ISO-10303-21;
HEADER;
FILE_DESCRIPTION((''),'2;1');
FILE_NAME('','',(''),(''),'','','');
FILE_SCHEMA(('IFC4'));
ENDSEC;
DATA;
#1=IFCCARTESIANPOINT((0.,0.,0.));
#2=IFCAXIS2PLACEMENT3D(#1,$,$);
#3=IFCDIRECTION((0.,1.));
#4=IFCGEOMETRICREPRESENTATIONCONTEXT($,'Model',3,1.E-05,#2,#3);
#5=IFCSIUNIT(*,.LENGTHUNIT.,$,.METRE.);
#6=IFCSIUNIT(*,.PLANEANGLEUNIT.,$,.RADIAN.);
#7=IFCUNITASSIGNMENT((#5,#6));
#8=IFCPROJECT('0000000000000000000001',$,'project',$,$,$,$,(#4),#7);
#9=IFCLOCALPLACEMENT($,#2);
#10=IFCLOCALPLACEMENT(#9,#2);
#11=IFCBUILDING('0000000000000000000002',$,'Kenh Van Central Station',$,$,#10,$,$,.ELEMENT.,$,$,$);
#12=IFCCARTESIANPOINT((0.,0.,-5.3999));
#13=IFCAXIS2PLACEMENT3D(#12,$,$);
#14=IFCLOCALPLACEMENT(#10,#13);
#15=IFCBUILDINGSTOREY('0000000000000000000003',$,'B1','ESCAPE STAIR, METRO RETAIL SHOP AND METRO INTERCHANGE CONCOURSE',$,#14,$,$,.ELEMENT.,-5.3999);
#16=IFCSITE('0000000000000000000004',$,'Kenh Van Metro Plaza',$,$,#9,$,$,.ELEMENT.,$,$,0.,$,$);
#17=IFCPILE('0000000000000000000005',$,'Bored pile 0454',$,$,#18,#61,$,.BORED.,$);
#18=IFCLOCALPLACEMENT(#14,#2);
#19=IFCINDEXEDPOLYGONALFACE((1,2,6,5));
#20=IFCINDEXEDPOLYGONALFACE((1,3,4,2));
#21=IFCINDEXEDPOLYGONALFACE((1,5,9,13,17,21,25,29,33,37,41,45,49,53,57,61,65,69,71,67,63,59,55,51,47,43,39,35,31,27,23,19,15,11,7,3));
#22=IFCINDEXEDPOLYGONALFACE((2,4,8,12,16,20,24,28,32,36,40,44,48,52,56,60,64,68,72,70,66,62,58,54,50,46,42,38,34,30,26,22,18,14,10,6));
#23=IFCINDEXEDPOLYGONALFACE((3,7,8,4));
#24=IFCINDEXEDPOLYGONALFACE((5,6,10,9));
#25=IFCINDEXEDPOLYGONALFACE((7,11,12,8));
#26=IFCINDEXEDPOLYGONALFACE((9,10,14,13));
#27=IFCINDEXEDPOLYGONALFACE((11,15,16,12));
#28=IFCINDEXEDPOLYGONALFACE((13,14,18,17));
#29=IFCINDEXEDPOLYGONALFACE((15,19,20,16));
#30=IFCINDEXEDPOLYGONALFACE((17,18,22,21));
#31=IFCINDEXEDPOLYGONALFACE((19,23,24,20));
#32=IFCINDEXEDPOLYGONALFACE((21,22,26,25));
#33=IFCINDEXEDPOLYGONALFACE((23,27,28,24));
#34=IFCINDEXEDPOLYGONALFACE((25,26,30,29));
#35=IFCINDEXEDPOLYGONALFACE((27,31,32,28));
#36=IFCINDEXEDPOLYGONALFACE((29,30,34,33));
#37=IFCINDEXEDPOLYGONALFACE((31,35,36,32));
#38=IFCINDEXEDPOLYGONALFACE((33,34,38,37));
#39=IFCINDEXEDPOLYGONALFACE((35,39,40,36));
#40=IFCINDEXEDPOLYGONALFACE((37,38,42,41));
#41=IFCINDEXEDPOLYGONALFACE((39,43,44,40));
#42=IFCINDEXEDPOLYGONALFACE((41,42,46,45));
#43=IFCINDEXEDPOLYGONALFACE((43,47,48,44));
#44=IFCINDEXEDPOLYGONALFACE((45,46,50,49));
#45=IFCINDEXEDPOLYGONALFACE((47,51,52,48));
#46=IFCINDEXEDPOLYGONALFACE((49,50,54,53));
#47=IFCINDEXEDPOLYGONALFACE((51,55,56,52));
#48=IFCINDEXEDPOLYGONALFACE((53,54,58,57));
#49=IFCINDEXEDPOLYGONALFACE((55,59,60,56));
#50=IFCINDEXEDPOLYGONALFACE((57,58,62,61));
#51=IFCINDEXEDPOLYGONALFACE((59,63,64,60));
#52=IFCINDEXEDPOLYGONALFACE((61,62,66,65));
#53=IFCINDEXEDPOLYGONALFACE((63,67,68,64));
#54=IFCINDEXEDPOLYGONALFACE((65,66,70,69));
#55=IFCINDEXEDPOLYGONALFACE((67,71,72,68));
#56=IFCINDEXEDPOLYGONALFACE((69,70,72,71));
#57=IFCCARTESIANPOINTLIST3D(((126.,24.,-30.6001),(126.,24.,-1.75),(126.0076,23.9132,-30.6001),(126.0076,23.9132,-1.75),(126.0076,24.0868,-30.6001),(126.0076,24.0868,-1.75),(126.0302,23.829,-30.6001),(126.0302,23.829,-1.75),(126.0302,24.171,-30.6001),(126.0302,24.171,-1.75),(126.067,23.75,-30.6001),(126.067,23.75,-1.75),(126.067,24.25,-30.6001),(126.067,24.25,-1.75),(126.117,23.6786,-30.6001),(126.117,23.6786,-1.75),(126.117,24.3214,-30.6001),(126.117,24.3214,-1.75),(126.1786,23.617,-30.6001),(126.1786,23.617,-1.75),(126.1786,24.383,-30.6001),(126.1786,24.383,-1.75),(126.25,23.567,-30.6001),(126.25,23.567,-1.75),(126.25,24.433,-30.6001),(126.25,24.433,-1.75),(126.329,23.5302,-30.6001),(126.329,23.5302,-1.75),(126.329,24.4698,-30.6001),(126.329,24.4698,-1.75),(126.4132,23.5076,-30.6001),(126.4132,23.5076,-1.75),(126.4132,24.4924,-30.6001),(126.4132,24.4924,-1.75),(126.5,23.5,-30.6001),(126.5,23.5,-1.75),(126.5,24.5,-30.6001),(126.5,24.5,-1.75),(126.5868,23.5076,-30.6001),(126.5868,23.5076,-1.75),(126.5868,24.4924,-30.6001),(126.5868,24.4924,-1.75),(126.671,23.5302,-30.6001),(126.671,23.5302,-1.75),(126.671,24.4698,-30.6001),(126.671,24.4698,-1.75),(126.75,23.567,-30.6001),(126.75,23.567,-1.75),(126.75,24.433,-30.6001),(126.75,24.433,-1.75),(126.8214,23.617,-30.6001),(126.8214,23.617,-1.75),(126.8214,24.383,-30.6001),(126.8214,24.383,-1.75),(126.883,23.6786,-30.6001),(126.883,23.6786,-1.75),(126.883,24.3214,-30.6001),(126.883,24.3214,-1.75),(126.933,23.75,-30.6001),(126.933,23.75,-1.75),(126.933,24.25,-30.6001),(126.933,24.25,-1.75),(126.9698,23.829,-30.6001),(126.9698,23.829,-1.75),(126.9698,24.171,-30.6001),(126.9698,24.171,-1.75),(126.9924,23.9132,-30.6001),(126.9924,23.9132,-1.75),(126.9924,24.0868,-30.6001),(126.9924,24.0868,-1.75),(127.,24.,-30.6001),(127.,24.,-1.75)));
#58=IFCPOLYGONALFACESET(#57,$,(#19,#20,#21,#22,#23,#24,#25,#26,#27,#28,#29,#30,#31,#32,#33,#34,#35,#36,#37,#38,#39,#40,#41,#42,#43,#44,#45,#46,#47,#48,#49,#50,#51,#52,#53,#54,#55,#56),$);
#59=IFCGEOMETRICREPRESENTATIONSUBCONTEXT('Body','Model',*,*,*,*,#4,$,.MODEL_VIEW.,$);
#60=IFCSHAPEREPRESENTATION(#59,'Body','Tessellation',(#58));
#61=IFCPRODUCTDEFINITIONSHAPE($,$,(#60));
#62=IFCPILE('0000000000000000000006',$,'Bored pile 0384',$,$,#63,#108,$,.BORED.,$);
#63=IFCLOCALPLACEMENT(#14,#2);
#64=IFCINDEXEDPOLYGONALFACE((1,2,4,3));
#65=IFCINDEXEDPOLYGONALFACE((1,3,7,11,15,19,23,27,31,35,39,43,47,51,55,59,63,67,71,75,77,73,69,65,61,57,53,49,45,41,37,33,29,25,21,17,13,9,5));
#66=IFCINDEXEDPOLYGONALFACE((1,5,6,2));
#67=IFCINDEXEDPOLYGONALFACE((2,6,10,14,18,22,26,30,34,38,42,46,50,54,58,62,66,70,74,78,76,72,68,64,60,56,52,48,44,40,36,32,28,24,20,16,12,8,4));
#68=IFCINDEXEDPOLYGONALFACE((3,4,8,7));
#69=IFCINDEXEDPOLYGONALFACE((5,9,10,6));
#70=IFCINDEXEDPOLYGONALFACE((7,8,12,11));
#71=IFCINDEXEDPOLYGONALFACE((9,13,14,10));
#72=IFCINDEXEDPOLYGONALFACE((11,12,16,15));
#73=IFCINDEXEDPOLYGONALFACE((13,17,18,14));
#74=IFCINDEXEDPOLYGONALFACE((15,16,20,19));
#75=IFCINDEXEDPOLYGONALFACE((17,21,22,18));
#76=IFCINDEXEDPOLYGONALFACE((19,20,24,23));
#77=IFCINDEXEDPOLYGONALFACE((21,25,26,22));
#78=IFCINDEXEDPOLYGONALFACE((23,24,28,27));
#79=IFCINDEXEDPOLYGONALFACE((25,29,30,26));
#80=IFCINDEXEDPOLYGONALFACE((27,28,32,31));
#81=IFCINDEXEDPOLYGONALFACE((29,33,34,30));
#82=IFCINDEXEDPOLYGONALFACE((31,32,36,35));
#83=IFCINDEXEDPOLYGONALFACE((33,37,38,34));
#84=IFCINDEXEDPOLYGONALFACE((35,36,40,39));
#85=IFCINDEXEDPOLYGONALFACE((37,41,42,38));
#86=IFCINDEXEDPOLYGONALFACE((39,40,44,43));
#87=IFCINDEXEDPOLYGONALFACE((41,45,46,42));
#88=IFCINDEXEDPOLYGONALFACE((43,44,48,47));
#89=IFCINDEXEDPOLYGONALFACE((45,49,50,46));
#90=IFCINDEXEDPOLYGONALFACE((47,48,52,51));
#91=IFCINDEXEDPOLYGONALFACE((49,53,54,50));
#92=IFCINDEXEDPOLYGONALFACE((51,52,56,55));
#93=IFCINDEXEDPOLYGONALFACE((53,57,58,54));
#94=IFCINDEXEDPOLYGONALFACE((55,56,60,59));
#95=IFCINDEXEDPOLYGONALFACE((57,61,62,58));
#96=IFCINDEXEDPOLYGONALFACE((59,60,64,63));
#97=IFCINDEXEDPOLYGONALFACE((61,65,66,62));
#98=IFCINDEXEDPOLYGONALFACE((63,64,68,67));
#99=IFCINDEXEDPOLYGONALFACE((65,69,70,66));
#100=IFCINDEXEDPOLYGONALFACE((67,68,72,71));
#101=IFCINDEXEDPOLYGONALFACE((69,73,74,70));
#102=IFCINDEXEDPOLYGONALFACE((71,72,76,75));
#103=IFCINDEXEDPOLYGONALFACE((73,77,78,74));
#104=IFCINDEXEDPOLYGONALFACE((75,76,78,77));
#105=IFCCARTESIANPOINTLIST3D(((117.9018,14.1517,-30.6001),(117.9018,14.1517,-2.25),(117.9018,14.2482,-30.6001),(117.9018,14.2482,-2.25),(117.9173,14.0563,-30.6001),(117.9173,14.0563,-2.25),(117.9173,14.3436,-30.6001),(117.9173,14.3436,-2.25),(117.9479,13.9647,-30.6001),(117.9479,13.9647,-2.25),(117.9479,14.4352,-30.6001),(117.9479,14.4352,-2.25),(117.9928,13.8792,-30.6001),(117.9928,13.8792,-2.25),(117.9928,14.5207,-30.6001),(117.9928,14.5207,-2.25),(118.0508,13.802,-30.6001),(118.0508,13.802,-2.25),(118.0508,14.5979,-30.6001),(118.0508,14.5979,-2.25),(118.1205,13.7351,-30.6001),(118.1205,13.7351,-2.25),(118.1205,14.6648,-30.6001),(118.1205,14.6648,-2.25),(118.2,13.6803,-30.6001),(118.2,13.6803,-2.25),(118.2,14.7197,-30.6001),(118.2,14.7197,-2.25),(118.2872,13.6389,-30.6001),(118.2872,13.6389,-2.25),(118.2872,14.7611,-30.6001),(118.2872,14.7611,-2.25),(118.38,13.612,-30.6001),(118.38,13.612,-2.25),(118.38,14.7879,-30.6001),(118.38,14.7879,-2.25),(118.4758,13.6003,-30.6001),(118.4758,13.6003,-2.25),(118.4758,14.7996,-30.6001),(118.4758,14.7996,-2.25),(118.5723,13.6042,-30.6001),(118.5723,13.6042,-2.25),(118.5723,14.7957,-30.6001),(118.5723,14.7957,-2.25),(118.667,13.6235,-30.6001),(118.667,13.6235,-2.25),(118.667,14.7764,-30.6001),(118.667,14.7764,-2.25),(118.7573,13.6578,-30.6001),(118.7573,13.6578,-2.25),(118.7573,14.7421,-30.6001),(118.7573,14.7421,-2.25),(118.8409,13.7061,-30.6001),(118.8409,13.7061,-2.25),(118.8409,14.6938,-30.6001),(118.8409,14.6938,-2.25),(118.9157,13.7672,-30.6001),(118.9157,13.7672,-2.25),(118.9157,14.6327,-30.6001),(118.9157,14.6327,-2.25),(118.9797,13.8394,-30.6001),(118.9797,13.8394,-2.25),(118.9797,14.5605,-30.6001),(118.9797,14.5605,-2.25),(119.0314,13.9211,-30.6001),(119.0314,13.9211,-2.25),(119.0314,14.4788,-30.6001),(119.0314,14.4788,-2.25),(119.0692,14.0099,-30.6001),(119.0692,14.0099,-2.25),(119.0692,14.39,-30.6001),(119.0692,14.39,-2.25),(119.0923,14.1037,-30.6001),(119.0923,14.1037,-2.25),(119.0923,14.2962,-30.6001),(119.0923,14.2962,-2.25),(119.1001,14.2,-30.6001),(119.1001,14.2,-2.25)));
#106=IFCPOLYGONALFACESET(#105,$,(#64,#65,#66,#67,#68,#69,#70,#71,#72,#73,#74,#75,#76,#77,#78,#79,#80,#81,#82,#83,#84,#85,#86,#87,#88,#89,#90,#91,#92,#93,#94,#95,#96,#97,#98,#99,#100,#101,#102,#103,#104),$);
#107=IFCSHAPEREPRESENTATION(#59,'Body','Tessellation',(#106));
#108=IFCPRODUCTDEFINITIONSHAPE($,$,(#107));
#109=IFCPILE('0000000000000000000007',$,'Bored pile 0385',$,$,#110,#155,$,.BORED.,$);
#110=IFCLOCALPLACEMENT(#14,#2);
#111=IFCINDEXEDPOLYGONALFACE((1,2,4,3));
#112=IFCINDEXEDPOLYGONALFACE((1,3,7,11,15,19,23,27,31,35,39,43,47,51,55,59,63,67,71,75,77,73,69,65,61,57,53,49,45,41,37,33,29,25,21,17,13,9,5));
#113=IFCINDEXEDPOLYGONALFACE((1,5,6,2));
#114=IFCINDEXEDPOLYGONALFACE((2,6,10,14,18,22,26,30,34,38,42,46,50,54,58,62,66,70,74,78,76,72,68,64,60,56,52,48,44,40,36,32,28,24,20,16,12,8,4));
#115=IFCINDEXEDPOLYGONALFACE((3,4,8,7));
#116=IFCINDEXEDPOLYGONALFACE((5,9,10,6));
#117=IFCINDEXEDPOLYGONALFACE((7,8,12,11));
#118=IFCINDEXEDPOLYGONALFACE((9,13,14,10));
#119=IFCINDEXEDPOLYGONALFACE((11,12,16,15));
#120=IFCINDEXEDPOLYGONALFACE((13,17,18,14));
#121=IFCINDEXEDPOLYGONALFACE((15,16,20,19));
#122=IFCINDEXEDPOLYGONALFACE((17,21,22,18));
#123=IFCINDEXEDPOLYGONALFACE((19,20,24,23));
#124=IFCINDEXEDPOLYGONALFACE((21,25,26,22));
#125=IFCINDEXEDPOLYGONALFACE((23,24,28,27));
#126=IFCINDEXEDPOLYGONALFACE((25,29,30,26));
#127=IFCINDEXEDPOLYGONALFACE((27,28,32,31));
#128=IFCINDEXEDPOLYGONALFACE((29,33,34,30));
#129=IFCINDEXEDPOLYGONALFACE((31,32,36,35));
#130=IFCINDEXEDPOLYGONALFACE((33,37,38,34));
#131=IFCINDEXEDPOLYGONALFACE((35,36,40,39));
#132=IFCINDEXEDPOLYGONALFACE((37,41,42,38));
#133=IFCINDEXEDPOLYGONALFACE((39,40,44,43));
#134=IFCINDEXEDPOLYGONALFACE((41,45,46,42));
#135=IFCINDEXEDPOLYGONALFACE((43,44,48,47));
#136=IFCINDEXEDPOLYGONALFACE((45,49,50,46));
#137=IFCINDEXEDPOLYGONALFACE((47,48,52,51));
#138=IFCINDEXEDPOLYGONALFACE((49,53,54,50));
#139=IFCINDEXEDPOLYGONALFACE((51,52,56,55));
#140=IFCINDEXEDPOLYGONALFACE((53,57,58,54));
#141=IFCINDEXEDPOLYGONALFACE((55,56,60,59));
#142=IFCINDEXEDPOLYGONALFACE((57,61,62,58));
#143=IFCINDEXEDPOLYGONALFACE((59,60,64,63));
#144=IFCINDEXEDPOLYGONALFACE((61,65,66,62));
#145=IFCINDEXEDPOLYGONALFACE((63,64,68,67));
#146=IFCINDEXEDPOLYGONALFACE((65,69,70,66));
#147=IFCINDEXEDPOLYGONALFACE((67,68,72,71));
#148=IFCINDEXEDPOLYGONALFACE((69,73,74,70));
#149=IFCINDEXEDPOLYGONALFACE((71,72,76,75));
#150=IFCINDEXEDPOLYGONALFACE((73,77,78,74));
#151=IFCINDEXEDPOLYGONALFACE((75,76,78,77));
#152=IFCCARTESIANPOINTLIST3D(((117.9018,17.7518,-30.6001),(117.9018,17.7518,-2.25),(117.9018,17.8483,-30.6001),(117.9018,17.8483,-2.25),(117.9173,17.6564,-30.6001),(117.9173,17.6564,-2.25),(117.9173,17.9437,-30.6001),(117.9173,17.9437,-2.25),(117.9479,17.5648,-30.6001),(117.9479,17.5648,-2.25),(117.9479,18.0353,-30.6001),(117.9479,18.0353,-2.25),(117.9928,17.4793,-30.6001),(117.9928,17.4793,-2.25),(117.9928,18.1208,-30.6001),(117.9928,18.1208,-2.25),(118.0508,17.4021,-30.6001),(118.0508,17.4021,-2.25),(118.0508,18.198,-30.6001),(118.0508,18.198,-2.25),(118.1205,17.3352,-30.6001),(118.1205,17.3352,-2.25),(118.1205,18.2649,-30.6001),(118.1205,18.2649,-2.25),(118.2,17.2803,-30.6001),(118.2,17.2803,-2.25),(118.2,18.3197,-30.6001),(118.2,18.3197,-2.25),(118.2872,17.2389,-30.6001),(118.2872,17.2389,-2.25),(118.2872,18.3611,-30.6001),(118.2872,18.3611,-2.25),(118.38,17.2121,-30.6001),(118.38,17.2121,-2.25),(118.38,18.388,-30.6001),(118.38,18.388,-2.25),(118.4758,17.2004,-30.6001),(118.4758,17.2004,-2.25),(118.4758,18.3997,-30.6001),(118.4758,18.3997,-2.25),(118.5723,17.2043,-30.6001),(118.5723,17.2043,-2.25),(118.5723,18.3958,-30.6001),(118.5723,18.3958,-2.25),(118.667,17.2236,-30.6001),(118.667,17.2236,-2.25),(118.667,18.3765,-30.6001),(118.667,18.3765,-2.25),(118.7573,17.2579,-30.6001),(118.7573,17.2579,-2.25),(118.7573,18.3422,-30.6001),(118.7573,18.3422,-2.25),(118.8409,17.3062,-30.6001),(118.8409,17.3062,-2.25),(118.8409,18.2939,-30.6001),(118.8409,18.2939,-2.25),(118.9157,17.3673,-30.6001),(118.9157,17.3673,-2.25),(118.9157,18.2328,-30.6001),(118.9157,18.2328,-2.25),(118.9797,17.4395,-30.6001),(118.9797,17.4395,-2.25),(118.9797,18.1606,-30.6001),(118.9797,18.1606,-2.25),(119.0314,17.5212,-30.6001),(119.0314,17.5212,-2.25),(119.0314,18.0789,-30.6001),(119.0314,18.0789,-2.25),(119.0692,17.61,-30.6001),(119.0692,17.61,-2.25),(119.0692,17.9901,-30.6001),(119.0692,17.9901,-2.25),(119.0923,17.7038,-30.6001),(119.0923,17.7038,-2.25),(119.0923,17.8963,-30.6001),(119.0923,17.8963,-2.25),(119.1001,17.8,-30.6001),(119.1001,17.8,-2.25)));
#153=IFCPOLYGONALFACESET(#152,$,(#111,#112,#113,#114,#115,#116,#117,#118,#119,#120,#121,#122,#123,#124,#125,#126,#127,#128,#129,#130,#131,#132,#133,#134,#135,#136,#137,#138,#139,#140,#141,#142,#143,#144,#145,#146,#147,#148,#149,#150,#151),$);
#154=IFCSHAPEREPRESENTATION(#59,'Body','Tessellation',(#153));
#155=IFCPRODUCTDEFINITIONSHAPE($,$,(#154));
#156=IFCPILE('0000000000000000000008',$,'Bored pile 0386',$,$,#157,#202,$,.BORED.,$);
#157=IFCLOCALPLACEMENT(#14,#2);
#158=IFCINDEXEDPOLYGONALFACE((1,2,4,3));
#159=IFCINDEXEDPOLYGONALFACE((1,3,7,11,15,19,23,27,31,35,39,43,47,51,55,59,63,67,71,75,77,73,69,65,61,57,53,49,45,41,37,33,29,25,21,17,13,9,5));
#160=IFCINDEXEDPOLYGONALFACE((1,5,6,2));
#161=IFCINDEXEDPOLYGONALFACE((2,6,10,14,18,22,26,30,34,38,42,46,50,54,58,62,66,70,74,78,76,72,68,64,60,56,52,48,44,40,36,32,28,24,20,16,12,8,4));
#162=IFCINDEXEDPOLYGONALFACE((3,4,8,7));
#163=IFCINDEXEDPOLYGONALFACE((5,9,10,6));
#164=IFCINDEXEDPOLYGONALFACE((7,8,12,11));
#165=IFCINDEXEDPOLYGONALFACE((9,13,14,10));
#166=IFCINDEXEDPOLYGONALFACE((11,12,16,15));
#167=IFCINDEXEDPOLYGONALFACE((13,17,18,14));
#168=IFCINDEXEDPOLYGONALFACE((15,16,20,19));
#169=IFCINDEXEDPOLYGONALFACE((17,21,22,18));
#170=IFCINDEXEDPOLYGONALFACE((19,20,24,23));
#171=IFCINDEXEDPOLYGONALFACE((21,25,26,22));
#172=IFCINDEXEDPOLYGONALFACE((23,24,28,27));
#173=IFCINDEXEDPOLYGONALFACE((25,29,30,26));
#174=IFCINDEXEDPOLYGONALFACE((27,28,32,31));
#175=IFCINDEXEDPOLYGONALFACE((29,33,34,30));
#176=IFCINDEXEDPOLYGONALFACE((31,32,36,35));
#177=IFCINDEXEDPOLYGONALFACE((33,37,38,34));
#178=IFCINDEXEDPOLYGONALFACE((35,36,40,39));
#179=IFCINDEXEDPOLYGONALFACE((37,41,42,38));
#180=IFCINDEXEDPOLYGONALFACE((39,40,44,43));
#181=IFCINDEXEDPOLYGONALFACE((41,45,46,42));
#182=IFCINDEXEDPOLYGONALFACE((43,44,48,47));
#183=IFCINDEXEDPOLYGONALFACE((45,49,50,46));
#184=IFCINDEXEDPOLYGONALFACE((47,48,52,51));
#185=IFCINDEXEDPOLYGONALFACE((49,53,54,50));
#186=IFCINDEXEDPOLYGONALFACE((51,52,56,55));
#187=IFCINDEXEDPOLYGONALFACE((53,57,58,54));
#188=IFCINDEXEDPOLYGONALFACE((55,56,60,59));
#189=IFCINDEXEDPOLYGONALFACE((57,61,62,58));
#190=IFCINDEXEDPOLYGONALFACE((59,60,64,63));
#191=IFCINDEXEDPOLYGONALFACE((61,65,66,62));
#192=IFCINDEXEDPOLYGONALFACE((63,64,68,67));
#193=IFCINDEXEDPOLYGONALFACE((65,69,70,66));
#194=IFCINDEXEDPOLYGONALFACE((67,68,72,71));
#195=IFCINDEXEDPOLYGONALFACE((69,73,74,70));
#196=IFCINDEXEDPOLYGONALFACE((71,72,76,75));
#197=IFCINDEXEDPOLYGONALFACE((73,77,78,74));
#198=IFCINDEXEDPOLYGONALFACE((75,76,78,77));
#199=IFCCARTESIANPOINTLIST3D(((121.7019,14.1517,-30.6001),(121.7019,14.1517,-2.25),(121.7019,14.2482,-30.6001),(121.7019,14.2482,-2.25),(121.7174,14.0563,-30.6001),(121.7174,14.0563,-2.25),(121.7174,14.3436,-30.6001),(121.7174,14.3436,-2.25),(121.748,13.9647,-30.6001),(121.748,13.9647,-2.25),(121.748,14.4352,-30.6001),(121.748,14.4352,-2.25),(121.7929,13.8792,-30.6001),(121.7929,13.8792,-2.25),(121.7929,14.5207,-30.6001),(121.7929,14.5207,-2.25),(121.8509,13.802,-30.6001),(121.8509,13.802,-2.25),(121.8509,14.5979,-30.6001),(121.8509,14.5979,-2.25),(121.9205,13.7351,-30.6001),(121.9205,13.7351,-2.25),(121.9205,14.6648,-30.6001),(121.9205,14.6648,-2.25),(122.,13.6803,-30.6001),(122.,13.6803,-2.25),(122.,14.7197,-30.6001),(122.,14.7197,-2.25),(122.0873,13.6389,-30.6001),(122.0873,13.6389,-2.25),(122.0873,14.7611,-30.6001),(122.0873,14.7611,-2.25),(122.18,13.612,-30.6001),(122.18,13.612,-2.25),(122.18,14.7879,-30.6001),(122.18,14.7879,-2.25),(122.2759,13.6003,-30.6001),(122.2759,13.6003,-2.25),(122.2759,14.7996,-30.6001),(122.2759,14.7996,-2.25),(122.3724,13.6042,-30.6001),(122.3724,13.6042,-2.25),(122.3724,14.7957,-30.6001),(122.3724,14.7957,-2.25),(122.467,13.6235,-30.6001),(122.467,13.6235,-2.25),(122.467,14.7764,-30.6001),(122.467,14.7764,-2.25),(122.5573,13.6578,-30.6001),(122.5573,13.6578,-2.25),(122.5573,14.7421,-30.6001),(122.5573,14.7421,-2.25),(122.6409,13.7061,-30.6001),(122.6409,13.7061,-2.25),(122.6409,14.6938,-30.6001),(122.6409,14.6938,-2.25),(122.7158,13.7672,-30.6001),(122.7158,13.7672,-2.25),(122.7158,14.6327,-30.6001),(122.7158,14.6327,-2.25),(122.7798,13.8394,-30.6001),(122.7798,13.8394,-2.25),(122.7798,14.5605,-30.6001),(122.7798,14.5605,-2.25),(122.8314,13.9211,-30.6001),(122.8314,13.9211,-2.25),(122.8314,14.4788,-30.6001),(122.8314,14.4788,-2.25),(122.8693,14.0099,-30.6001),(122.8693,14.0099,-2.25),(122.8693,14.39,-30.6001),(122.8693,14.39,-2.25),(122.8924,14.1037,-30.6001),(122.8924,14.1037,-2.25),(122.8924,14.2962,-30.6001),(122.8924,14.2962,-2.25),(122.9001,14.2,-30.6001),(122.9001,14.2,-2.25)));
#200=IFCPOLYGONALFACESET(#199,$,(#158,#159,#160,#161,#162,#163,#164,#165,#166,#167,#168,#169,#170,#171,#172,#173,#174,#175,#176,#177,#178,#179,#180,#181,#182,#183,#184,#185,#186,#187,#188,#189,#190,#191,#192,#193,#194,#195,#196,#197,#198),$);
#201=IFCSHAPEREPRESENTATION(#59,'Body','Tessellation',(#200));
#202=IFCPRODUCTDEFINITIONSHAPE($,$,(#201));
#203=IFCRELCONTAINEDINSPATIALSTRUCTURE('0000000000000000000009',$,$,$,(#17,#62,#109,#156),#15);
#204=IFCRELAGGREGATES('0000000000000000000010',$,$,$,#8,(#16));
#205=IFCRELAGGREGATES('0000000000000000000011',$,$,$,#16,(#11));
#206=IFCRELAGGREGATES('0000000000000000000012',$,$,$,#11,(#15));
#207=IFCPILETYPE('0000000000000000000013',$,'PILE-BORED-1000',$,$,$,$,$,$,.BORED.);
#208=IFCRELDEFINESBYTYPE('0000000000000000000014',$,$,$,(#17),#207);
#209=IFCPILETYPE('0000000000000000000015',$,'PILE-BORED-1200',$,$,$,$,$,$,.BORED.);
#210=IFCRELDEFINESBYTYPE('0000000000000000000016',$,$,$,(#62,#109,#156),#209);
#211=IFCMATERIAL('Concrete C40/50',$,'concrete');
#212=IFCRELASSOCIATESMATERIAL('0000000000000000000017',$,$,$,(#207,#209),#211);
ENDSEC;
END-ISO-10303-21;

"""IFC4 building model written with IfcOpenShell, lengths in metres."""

from ifc_helpers import new_model, si_unit, direction, frame, origin, origin_2d, place, context, subcontext, project, spatial, circle, extrude, material, material_profile, profile_set, type_object, element, save


model = new_model("IFC4")

# Units and contexts
model_context = context("Model", 3, precision=1e-05, world=origin(), true_north=direction((0.0, 1.0)))
body_context = subcontext(model_context, "Body", "Model", "MODEL_VIEW")
ifc_project = project(units=[si_unit("LENGTHUNIT", "METRE"), si_unit("PLANEANGLEUNIT", "RADIAN")], contexts=[model_context])

# Site, building, storey
site_placement = place(None, origin())
site = spatial("IfcSite", under=ifc_project, at=site_placement, Name="Kenh Van Metro Plaza", CompositionType="ELEMENT", RefElevation=0.0)
building_placement = place(site_placement, origin())
building = spatial("IfcBuilding", under=site, at=building_placement, Name="Kenh Van Central Station", CompositionType="ELEMENT")
storey_placement = place(building_placement, frame((0.0, 0.0, -5.3999)))
storey = spatial("IfcBuildingStorey", under=building, at=storey_placement, Name="B1", Description="ESCAPE STAIR, METRO RETAIL SHOP AND METRO INTERCHANGE CONCOURSE", CompositionType="ELEMENT", Elevation=-5.3999)

# Shared definitions
ifc_material_1 = material(Name="Concrete C40/50", Category="concrete")

# Piles
ifc_material_profile_1 = material_profile(ifc_material_1, circle(Radius=0.5, at=origin_2d()), Name="PILE D1000")
ifc_profile_set_1 = profile_set([ifc_material_profile_1], Name="Concrete C40/50")
pile_type_1 = type_object("IfcPileType", Name="PILE-BORED-1000", PredefinedType="BORED", material=ifc_profile_set_1)
pile_1_placement = place(storey_placement, frame((126.5, 24.0, -1.75), z_axis=(0.0, 0.0, -1.0), x_axis=(1.0, 0.0, 0.0)))
element("IfcPile", 1, at=pile_1_placement, inside=storey, type_object=pile_type_1, Name="Bored pile 0454", PredefinedType="BORED", context=body_context, shape_type="SweptSolid", body=[
    extrude(circle(Radius=0.5, at=origin_2d()), origin(), (0.0, 0.0, 1.0), 28.8501),
])
ifc_material_profile_2 = material_profile(ifc_material_1, circle(Radius=0.6001, at=origin_2d()), Name="PILE D1200")
ifc_profile_set_2 = profile_set([ifc_material_profile_2], Name="Concrete C40/50")
pile_type_2 = type_object("IfcPileType", Name="PILE-BORED-1200", PredefinedType="BORED", material=ifc_profile_set_2)
for number, where, z_axis, x_axis, name in (
    (2, (118.5, 14.2, -2.25), (0.0, 0.0, -1.0), (1.0, 0.0, 0.0), "Bored pile 0384"),
    (3, (118.5, 17.8, -2.25), (0.0, 0.0, -1.0), (1.0, 0.0, 0.0), "Bored pile 0385"),
    (4, (122.3, 14.2, -2.25), (0.0, 0.0, -1.0), (1.0, 0.0, 0.0), "Bored pile 0386"),
):
    element("IfcPile", number, at=place(storey_placement, frame(where, z_axis=z_axis, x_axis=x_axis)), inside=storey, type_object=pile_type_2, Name=name, PredefinedType="BORED", context=body_context, shape_type="SweptSolid", body=[
        extrude(circle(Radius=0.6001, at=origin_2d()), origin(), (0.0, 0.0, 1.0), 28.3501),
    ])

save(model, "model.ifc")
